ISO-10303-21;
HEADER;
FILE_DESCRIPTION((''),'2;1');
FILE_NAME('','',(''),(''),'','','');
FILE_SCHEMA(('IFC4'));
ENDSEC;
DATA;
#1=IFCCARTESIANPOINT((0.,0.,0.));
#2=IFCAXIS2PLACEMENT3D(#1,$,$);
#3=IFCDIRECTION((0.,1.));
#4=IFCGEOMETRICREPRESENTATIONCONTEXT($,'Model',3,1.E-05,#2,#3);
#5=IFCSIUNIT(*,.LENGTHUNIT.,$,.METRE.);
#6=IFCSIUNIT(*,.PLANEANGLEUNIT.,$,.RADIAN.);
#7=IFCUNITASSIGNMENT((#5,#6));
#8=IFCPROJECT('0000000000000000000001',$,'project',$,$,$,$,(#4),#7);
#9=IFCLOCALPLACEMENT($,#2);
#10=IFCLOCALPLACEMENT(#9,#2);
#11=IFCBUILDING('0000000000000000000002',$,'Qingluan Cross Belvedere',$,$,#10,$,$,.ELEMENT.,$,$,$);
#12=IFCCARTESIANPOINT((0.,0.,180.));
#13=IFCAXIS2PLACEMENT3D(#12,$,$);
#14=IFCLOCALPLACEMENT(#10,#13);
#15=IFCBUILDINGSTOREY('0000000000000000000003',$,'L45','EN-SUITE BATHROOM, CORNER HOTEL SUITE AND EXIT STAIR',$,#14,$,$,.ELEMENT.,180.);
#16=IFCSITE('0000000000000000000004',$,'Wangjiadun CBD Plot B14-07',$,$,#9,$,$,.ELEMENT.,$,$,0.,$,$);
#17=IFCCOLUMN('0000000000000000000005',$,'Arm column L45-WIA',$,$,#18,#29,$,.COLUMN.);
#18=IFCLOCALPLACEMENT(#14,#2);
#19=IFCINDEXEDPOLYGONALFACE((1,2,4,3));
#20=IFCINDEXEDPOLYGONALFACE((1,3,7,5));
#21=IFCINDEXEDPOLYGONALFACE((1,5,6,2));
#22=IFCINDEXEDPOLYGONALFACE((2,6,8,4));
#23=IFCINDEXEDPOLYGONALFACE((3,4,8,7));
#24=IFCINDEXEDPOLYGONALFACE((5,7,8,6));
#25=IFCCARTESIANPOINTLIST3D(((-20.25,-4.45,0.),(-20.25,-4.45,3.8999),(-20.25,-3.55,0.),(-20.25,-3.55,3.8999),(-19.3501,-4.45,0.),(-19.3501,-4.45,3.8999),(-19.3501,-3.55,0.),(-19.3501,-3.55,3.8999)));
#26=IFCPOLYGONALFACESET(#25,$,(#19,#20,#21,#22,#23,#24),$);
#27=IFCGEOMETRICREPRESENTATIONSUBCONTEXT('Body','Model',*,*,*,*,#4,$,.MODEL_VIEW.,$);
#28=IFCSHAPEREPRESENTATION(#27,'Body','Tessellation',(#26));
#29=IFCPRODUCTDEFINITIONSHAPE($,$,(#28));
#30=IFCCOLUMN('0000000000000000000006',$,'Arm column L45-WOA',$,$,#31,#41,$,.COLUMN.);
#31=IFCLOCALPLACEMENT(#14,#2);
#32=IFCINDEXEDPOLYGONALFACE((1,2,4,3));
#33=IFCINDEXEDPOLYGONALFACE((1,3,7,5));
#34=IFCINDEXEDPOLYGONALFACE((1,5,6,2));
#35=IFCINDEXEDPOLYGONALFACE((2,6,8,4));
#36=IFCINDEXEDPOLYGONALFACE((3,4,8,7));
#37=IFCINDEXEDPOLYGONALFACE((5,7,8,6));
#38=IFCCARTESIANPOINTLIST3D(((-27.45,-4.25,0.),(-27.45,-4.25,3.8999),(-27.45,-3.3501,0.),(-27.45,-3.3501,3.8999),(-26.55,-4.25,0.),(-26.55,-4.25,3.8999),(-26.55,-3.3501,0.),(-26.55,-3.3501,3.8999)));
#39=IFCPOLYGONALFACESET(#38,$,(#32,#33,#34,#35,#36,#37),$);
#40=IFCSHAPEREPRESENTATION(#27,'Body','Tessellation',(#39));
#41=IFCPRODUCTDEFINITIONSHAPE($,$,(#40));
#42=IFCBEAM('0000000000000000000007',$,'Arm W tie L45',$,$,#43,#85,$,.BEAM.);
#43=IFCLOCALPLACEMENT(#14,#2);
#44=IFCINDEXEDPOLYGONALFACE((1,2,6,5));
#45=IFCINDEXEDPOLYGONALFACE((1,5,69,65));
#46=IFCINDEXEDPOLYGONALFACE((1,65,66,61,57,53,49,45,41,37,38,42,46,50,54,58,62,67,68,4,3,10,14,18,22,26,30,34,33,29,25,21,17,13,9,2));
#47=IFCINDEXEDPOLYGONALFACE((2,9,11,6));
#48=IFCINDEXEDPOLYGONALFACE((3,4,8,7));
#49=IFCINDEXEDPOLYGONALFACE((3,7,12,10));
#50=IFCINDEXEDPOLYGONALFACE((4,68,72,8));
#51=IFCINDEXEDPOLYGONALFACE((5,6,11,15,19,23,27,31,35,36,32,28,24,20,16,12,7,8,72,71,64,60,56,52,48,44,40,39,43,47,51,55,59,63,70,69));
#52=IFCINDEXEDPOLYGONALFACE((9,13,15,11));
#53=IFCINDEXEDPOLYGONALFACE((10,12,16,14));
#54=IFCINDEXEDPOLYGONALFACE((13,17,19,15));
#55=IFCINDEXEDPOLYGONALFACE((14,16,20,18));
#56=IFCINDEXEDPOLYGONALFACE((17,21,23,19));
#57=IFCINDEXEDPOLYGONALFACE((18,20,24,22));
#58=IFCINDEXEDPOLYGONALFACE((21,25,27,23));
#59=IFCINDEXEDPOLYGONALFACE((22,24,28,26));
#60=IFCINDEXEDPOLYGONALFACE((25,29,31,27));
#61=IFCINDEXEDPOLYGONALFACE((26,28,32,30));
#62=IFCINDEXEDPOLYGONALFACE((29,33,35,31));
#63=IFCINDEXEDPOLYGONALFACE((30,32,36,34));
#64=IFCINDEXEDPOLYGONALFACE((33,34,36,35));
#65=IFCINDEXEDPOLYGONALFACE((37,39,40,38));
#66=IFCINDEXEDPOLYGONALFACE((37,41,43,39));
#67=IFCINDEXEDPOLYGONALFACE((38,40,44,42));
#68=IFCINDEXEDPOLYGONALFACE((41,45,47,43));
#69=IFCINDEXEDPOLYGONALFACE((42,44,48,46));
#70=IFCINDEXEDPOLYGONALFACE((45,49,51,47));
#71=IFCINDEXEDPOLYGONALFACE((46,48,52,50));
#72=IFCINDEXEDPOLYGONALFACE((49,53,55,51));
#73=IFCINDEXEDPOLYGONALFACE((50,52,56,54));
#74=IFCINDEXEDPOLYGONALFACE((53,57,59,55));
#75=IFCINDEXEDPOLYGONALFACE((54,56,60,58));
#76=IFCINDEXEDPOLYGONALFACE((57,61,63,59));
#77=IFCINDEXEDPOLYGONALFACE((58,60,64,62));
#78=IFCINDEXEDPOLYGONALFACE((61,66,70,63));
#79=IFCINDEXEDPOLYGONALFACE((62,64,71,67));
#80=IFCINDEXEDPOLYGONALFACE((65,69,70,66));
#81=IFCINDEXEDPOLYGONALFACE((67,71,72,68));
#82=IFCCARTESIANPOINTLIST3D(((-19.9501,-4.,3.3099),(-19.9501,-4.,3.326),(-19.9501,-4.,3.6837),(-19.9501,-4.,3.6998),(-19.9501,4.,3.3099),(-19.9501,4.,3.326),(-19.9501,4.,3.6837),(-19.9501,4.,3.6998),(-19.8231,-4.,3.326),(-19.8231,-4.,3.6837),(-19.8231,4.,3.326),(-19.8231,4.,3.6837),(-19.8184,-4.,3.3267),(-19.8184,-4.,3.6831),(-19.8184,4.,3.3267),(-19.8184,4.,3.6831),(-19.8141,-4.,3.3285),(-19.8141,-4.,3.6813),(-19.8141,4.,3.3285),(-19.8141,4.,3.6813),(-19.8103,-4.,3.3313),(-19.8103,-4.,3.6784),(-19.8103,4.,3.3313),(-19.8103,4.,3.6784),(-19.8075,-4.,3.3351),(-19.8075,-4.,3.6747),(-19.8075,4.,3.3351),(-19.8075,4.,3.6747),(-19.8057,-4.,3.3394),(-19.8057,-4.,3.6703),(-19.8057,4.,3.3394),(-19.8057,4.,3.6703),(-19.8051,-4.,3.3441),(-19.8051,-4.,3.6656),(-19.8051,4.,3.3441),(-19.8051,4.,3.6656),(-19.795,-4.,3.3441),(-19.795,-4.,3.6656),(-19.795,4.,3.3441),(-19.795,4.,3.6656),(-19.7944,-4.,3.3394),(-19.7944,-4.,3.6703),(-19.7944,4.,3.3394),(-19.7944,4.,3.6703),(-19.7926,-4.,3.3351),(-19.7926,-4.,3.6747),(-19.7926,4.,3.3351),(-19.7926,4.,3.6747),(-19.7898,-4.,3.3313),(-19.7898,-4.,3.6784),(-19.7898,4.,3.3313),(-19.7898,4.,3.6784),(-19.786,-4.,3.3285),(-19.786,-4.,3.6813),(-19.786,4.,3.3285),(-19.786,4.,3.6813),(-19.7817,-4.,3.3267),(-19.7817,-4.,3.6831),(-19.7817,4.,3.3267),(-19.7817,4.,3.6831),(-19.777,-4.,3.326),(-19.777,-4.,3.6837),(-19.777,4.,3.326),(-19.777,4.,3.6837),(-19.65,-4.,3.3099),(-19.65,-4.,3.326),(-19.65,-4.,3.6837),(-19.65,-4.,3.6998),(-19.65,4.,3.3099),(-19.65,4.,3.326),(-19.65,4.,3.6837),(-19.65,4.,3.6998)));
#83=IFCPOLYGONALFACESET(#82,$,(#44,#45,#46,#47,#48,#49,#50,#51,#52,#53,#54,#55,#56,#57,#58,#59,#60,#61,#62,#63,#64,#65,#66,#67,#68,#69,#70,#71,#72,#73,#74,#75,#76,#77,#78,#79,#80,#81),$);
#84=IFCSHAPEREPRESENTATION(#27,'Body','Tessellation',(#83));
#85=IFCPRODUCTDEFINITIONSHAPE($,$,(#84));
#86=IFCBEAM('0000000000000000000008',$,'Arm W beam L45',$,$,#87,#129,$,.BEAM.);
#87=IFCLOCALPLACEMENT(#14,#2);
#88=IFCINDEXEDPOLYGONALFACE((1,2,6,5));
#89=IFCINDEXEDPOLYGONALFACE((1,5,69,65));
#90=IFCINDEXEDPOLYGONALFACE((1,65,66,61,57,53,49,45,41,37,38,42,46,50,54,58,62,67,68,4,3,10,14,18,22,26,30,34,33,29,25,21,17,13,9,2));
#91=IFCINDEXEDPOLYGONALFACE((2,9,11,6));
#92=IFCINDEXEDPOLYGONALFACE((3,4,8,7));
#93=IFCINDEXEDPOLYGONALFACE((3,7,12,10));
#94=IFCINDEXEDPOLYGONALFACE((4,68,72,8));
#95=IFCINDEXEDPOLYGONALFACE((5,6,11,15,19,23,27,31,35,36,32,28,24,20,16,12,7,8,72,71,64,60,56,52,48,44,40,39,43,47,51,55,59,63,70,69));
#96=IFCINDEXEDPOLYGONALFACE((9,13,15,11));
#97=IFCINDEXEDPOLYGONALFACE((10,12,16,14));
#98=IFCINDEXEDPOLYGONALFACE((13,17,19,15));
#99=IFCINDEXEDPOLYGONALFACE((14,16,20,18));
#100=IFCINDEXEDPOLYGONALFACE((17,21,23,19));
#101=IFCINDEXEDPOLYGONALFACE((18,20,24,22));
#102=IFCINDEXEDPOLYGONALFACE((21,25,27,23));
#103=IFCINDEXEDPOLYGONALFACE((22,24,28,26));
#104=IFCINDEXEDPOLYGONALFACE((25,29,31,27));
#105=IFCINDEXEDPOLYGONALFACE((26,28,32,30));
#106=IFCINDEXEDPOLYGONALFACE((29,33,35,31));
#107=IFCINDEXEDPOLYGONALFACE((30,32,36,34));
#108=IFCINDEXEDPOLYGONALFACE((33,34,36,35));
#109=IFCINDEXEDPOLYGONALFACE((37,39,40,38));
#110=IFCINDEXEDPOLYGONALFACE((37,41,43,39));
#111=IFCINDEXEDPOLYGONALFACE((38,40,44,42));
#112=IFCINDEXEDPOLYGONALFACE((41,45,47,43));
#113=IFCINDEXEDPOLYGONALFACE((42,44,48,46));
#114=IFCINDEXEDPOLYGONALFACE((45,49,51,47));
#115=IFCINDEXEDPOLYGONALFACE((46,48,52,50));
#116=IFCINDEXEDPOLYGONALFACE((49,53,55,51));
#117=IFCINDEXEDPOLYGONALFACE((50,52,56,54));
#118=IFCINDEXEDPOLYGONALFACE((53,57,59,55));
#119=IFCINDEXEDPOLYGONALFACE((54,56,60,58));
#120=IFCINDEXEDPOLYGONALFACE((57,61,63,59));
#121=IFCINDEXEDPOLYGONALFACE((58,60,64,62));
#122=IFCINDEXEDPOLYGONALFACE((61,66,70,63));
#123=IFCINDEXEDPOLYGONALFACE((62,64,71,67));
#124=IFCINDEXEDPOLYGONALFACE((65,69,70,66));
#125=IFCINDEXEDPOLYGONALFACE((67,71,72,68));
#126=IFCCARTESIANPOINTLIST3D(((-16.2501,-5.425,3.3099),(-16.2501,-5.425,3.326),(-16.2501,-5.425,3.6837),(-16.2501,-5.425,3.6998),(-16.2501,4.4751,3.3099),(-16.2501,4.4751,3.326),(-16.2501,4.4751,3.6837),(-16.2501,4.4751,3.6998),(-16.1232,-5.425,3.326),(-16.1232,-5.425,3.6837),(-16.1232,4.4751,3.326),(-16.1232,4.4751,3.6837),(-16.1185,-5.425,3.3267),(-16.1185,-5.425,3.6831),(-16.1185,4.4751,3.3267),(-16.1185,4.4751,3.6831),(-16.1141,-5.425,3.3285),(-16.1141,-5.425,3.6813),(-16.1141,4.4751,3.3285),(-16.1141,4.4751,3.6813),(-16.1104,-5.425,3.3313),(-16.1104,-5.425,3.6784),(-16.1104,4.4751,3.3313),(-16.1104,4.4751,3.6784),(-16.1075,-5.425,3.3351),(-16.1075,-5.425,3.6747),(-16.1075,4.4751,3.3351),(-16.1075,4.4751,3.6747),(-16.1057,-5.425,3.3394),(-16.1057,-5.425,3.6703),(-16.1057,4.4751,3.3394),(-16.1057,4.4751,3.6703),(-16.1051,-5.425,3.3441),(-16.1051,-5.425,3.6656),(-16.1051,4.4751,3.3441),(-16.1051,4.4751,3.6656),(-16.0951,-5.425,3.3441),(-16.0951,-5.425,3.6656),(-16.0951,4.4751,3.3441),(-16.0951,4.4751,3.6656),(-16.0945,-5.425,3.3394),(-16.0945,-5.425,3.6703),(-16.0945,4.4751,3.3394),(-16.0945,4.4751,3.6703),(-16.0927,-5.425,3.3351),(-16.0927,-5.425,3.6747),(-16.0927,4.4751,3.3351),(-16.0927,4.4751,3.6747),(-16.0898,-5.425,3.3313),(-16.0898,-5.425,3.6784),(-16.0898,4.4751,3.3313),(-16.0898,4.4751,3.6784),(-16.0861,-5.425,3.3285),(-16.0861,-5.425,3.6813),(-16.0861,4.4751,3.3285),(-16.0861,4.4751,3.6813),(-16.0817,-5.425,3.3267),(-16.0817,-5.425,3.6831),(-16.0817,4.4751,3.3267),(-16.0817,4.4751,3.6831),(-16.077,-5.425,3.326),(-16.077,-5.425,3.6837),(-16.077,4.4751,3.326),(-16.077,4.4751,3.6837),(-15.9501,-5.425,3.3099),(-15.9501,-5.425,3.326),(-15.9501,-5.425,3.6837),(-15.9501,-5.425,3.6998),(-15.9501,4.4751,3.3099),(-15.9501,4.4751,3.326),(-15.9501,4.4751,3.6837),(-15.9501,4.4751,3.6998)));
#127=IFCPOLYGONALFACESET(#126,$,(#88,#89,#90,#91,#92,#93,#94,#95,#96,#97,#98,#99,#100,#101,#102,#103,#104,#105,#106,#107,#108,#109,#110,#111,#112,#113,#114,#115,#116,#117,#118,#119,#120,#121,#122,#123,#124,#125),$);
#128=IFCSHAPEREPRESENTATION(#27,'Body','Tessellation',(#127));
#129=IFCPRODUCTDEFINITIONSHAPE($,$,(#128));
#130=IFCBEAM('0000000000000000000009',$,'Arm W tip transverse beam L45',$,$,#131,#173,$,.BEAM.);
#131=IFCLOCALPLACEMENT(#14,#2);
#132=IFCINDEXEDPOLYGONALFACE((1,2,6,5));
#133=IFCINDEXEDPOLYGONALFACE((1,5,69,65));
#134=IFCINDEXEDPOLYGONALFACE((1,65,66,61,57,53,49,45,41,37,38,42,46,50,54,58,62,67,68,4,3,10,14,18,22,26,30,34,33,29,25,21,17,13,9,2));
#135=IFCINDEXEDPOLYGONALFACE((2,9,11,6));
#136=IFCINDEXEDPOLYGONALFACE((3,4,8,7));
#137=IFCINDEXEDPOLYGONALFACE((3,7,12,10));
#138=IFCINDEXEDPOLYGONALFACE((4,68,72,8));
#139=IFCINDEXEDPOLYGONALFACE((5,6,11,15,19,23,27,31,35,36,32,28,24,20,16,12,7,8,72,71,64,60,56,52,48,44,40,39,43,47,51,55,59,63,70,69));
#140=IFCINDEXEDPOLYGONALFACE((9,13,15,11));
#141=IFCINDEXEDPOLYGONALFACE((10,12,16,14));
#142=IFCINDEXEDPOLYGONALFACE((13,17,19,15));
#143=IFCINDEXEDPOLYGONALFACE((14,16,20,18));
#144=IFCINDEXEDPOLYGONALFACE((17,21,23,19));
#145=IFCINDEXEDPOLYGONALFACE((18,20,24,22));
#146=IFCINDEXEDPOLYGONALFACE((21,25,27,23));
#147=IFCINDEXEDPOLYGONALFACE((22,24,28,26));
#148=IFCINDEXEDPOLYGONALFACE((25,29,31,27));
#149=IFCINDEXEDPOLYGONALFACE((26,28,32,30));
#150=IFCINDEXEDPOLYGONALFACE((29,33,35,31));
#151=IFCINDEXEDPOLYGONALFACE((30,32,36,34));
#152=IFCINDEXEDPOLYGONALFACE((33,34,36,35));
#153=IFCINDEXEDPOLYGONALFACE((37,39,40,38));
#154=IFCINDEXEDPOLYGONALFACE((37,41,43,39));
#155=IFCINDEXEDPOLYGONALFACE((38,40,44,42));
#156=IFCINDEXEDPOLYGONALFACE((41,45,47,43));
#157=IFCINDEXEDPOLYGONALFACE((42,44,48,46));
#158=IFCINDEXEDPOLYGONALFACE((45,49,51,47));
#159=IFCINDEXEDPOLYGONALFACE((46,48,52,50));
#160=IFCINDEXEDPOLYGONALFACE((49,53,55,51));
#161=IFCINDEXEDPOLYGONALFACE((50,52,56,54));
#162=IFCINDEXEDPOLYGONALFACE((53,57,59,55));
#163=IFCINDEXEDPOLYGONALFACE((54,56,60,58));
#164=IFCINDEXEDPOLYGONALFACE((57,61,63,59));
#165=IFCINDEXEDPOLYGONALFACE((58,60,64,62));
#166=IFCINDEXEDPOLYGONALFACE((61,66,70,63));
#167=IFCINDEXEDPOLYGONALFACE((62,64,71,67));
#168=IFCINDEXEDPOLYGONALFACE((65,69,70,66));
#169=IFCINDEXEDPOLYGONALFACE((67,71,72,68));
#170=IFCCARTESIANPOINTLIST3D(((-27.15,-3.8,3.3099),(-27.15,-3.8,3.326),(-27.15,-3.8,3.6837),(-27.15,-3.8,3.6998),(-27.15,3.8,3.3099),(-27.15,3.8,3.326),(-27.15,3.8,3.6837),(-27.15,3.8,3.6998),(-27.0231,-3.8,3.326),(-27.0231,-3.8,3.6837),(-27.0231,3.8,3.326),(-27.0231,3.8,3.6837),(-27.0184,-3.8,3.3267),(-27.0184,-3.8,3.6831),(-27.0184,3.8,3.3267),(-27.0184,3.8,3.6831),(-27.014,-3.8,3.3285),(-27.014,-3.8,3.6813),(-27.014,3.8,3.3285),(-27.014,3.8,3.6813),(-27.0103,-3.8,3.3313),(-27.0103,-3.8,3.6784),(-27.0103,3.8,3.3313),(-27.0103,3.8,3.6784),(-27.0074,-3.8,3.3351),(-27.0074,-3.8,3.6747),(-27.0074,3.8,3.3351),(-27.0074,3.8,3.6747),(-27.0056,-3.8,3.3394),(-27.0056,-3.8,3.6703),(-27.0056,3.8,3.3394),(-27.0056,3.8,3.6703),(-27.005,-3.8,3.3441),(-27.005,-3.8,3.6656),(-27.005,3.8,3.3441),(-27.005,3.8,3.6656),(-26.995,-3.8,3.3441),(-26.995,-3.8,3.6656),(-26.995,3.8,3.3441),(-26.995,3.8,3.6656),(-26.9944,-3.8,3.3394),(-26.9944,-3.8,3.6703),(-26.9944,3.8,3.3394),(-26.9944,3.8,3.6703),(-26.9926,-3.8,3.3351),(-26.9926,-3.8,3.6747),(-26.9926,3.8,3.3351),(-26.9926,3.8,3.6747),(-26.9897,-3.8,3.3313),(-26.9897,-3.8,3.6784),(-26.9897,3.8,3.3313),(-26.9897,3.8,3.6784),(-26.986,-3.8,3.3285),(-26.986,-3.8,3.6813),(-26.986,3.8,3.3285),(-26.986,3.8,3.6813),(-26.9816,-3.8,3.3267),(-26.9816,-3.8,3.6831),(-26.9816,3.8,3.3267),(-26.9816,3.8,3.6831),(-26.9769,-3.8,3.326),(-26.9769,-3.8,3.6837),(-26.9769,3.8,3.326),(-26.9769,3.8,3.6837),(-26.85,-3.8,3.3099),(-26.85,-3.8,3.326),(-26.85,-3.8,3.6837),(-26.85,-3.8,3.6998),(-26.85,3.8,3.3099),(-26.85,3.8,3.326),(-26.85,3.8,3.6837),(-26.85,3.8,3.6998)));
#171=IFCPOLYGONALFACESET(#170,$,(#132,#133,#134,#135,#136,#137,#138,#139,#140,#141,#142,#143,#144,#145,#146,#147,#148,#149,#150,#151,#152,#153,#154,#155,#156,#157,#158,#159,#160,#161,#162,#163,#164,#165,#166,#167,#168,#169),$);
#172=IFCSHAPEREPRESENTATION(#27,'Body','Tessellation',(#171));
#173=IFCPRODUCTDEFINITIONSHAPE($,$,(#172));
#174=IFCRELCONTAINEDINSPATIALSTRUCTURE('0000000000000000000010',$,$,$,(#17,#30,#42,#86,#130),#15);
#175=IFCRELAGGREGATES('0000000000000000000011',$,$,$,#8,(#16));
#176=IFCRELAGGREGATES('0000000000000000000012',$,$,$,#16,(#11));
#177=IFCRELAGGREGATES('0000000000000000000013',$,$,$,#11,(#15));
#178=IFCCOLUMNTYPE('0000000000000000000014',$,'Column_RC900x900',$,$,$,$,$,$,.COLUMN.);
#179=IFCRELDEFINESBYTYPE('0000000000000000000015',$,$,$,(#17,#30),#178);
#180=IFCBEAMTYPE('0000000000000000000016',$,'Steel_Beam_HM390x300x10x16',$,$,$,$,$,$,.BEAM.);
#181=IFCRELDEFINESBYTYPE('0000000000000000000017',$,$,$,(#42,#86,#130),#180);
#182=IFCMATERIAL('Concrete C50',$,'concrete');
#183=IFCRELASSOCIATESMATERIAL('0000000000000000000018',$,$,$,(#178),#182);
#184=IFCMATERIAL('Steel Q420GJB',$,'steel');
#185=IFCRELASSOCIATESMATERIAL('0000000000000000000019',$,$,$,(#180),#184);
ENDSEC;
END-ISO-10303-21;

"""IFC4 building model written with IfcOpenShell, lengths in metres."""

from ifc_helpers import new_model, si_unit, direction, frame, origin, origin_2d, place, context, subcontext, project, spatial, rectangle, i_section, extrude, material, material_profile, profile_set, type_object, element, save


model = new_model("IFC4")

# Units and contexts
model_context = context("Model", 3, precision=1e-05, world=origin(), true_north=direction((0.0, 1.0)))
body_context = subcontext(model_context, "Body", "Model", "MODEL_VIEW")
ifc_project = project(units=[si_unit("LENGTHUNIT", "METRE"), si_unit("PLANEANGLEUNIT", "RADIAN")], contexts=[model_context])

# Site, building, storey
site_placement = place(None, origin())
site = spatial("IfcSite", under=ifc_project, at=site_placement, Name="Wangjiadun CBD Plot B14-07", CompositionType="ELEMENT", RefElevation=0.0)
building_placement = place(site_placement, origin())
building = spatial("IfcBuilding", under=site, at=building_placement, Name="Qingluan Cross Belvedere", CompositionType="ELEMENT")
storey_placement = place(building_placement, frame((0.0, 0.0, 180.0)))
storey = spatial("IfcBuildingStorey", under=building, at=storey_placement, Name="L45", Description="EN-SUITE BATHROOM, CORNER HOTEL SUITE AND EXIT STAIR", CompositionType="ELEMENT", Elevation=180.0)

# Columns
ifc_material_1 = material(Name="Concrete C50", Category="concrete")
ifc_material_profile_1 = material_profile(ifc_material_1, rectangle(XDim=0.8999, YDim=0.8999, at=origin_2d()), Name="RC900x900")
ifc_profile_set_1 = profile_set([ifc_material_profile_1], Name="Concrete C50")
column_type = type_object("IfcColumnType", Name="Column_RC900x900", PredefinedType="COLUMN", material=ifc_profile_set_1)
for number, where, z_axis, x_axis, name in (
    (1, (-19.8, -4.0, 0.0), (0.0, 0.0, 1.0), (1.0, 0.0, 0.0), "Arm column L45-WIA"),
    (2, (-27.0, -3.8, 0.0), (0.0, 0.0, 1.0), (1.0, 0.0, 0.0), "Arm column L45-WOA"),
):
    element("IfcColumn", number, at=place(storey_placement, frame(where, z_axis=z_axis, x_axis=x_axis)), inside=storey, type_object=column_type, Name=name, PredefinedType="COLUMN", context=body_context, shape_type="SweptSolid", body=[
        extrude(rectangle(XDim=0.8999, YDim=0.8999, at=origin_2d()), origin(), (0.0, 0.0, 1.0), 3.8999),
    ])

# Beams
ifc_material_2 = material(Name="Steel Q420GJB", Category="steel")
ifc_material_profile_2 = material_profile(ifc_material_2, i_section(OverallWidth=0.3, OverallDepth=0.3899, WebThickness=0.01, FlangeThickness=0.0161, FilletRadius=0.0181, at=origin_2d()), Name="HM390x300x10x16")
ifc_profile_set_2 = profile_set([ifc_material_profile_2], Name="Steel Q420GJB")
beam_type_1 = type_object("IfcBeamType", Name="Steel_Beam_HM390x300x10x16", PredefinedType="BEAM", material=ifc_profile_set_2)
beam_1_placement = place(storey_placement, frame((-19.8, -4.0, 3.5049), z_axis=(0.0, 1.0, 0.0), x_axis=(-1.0, 0.0, 0.0)))
element("IfcBeam", 3, at=beam_1_placement, inside=storey, type_object=beam_type_1, Name="Arm W tie L45", PredefinedType="BEAM", context=body_context, shape_type="SweptSolid", body=[
    extrude(i_section(OverallWidth=0.3, OverallDepth=0.3899, WebThickness=0.01, FlangeThickness=0.0161, FilletRadius=0.0181, at=origin_2d()), origin(), (0.0, 0.0, 1.0), 8.0),
])
beam_2_placement = place(storey_placement, frame((-16.1001, -5.425, 3.5049), z_axis=(0.0, 1.0, 0.0), x_axis=(-1.0, 0.0, 0.0)))
element("IfcBeam", 4, at=beam_2_placement, inside=storey, type_object=beam_type_1, Name="Arm W beam L45", PredefinedType="BEAM", context=body_context, shape_type="SweptSolid", body=[
    extrude(i_section(OverallWidth=0.3, OverallDepth=0.3899, WebThickness=0.01, FlangeThickness=0.0161, FilletRadius=0.0181, at=origin_2d()), origin(), (0.0, 0.0, 1.0), 9.9001),
])
beam_3_placement = place(storey_placement, frame((-27.0, -3.8, 3.5049), z_axis=(0.0, 1.0, 0.0), x_axis=(-1.0, 0.0, 0.0)))
element("IfcBeam", 5, at=beam_3_placement, inside=storey, type_object=beam_type_1, Name="Arm W tip transverse beam L45", PredefinedType="BEAM", context=body_context, shape_type="SweptSolid", body=[
    extrude(i_section(OverallWidth=0.3, OverallDepth=0.3899, WebThickness=0.01, FlangeThickness=0.0161, FilletRadius=0.0181, at=origin_2d()), origin(), (0.0, 0.0, 1.0), 7.6001),
])

save(model, "model.ifc")
